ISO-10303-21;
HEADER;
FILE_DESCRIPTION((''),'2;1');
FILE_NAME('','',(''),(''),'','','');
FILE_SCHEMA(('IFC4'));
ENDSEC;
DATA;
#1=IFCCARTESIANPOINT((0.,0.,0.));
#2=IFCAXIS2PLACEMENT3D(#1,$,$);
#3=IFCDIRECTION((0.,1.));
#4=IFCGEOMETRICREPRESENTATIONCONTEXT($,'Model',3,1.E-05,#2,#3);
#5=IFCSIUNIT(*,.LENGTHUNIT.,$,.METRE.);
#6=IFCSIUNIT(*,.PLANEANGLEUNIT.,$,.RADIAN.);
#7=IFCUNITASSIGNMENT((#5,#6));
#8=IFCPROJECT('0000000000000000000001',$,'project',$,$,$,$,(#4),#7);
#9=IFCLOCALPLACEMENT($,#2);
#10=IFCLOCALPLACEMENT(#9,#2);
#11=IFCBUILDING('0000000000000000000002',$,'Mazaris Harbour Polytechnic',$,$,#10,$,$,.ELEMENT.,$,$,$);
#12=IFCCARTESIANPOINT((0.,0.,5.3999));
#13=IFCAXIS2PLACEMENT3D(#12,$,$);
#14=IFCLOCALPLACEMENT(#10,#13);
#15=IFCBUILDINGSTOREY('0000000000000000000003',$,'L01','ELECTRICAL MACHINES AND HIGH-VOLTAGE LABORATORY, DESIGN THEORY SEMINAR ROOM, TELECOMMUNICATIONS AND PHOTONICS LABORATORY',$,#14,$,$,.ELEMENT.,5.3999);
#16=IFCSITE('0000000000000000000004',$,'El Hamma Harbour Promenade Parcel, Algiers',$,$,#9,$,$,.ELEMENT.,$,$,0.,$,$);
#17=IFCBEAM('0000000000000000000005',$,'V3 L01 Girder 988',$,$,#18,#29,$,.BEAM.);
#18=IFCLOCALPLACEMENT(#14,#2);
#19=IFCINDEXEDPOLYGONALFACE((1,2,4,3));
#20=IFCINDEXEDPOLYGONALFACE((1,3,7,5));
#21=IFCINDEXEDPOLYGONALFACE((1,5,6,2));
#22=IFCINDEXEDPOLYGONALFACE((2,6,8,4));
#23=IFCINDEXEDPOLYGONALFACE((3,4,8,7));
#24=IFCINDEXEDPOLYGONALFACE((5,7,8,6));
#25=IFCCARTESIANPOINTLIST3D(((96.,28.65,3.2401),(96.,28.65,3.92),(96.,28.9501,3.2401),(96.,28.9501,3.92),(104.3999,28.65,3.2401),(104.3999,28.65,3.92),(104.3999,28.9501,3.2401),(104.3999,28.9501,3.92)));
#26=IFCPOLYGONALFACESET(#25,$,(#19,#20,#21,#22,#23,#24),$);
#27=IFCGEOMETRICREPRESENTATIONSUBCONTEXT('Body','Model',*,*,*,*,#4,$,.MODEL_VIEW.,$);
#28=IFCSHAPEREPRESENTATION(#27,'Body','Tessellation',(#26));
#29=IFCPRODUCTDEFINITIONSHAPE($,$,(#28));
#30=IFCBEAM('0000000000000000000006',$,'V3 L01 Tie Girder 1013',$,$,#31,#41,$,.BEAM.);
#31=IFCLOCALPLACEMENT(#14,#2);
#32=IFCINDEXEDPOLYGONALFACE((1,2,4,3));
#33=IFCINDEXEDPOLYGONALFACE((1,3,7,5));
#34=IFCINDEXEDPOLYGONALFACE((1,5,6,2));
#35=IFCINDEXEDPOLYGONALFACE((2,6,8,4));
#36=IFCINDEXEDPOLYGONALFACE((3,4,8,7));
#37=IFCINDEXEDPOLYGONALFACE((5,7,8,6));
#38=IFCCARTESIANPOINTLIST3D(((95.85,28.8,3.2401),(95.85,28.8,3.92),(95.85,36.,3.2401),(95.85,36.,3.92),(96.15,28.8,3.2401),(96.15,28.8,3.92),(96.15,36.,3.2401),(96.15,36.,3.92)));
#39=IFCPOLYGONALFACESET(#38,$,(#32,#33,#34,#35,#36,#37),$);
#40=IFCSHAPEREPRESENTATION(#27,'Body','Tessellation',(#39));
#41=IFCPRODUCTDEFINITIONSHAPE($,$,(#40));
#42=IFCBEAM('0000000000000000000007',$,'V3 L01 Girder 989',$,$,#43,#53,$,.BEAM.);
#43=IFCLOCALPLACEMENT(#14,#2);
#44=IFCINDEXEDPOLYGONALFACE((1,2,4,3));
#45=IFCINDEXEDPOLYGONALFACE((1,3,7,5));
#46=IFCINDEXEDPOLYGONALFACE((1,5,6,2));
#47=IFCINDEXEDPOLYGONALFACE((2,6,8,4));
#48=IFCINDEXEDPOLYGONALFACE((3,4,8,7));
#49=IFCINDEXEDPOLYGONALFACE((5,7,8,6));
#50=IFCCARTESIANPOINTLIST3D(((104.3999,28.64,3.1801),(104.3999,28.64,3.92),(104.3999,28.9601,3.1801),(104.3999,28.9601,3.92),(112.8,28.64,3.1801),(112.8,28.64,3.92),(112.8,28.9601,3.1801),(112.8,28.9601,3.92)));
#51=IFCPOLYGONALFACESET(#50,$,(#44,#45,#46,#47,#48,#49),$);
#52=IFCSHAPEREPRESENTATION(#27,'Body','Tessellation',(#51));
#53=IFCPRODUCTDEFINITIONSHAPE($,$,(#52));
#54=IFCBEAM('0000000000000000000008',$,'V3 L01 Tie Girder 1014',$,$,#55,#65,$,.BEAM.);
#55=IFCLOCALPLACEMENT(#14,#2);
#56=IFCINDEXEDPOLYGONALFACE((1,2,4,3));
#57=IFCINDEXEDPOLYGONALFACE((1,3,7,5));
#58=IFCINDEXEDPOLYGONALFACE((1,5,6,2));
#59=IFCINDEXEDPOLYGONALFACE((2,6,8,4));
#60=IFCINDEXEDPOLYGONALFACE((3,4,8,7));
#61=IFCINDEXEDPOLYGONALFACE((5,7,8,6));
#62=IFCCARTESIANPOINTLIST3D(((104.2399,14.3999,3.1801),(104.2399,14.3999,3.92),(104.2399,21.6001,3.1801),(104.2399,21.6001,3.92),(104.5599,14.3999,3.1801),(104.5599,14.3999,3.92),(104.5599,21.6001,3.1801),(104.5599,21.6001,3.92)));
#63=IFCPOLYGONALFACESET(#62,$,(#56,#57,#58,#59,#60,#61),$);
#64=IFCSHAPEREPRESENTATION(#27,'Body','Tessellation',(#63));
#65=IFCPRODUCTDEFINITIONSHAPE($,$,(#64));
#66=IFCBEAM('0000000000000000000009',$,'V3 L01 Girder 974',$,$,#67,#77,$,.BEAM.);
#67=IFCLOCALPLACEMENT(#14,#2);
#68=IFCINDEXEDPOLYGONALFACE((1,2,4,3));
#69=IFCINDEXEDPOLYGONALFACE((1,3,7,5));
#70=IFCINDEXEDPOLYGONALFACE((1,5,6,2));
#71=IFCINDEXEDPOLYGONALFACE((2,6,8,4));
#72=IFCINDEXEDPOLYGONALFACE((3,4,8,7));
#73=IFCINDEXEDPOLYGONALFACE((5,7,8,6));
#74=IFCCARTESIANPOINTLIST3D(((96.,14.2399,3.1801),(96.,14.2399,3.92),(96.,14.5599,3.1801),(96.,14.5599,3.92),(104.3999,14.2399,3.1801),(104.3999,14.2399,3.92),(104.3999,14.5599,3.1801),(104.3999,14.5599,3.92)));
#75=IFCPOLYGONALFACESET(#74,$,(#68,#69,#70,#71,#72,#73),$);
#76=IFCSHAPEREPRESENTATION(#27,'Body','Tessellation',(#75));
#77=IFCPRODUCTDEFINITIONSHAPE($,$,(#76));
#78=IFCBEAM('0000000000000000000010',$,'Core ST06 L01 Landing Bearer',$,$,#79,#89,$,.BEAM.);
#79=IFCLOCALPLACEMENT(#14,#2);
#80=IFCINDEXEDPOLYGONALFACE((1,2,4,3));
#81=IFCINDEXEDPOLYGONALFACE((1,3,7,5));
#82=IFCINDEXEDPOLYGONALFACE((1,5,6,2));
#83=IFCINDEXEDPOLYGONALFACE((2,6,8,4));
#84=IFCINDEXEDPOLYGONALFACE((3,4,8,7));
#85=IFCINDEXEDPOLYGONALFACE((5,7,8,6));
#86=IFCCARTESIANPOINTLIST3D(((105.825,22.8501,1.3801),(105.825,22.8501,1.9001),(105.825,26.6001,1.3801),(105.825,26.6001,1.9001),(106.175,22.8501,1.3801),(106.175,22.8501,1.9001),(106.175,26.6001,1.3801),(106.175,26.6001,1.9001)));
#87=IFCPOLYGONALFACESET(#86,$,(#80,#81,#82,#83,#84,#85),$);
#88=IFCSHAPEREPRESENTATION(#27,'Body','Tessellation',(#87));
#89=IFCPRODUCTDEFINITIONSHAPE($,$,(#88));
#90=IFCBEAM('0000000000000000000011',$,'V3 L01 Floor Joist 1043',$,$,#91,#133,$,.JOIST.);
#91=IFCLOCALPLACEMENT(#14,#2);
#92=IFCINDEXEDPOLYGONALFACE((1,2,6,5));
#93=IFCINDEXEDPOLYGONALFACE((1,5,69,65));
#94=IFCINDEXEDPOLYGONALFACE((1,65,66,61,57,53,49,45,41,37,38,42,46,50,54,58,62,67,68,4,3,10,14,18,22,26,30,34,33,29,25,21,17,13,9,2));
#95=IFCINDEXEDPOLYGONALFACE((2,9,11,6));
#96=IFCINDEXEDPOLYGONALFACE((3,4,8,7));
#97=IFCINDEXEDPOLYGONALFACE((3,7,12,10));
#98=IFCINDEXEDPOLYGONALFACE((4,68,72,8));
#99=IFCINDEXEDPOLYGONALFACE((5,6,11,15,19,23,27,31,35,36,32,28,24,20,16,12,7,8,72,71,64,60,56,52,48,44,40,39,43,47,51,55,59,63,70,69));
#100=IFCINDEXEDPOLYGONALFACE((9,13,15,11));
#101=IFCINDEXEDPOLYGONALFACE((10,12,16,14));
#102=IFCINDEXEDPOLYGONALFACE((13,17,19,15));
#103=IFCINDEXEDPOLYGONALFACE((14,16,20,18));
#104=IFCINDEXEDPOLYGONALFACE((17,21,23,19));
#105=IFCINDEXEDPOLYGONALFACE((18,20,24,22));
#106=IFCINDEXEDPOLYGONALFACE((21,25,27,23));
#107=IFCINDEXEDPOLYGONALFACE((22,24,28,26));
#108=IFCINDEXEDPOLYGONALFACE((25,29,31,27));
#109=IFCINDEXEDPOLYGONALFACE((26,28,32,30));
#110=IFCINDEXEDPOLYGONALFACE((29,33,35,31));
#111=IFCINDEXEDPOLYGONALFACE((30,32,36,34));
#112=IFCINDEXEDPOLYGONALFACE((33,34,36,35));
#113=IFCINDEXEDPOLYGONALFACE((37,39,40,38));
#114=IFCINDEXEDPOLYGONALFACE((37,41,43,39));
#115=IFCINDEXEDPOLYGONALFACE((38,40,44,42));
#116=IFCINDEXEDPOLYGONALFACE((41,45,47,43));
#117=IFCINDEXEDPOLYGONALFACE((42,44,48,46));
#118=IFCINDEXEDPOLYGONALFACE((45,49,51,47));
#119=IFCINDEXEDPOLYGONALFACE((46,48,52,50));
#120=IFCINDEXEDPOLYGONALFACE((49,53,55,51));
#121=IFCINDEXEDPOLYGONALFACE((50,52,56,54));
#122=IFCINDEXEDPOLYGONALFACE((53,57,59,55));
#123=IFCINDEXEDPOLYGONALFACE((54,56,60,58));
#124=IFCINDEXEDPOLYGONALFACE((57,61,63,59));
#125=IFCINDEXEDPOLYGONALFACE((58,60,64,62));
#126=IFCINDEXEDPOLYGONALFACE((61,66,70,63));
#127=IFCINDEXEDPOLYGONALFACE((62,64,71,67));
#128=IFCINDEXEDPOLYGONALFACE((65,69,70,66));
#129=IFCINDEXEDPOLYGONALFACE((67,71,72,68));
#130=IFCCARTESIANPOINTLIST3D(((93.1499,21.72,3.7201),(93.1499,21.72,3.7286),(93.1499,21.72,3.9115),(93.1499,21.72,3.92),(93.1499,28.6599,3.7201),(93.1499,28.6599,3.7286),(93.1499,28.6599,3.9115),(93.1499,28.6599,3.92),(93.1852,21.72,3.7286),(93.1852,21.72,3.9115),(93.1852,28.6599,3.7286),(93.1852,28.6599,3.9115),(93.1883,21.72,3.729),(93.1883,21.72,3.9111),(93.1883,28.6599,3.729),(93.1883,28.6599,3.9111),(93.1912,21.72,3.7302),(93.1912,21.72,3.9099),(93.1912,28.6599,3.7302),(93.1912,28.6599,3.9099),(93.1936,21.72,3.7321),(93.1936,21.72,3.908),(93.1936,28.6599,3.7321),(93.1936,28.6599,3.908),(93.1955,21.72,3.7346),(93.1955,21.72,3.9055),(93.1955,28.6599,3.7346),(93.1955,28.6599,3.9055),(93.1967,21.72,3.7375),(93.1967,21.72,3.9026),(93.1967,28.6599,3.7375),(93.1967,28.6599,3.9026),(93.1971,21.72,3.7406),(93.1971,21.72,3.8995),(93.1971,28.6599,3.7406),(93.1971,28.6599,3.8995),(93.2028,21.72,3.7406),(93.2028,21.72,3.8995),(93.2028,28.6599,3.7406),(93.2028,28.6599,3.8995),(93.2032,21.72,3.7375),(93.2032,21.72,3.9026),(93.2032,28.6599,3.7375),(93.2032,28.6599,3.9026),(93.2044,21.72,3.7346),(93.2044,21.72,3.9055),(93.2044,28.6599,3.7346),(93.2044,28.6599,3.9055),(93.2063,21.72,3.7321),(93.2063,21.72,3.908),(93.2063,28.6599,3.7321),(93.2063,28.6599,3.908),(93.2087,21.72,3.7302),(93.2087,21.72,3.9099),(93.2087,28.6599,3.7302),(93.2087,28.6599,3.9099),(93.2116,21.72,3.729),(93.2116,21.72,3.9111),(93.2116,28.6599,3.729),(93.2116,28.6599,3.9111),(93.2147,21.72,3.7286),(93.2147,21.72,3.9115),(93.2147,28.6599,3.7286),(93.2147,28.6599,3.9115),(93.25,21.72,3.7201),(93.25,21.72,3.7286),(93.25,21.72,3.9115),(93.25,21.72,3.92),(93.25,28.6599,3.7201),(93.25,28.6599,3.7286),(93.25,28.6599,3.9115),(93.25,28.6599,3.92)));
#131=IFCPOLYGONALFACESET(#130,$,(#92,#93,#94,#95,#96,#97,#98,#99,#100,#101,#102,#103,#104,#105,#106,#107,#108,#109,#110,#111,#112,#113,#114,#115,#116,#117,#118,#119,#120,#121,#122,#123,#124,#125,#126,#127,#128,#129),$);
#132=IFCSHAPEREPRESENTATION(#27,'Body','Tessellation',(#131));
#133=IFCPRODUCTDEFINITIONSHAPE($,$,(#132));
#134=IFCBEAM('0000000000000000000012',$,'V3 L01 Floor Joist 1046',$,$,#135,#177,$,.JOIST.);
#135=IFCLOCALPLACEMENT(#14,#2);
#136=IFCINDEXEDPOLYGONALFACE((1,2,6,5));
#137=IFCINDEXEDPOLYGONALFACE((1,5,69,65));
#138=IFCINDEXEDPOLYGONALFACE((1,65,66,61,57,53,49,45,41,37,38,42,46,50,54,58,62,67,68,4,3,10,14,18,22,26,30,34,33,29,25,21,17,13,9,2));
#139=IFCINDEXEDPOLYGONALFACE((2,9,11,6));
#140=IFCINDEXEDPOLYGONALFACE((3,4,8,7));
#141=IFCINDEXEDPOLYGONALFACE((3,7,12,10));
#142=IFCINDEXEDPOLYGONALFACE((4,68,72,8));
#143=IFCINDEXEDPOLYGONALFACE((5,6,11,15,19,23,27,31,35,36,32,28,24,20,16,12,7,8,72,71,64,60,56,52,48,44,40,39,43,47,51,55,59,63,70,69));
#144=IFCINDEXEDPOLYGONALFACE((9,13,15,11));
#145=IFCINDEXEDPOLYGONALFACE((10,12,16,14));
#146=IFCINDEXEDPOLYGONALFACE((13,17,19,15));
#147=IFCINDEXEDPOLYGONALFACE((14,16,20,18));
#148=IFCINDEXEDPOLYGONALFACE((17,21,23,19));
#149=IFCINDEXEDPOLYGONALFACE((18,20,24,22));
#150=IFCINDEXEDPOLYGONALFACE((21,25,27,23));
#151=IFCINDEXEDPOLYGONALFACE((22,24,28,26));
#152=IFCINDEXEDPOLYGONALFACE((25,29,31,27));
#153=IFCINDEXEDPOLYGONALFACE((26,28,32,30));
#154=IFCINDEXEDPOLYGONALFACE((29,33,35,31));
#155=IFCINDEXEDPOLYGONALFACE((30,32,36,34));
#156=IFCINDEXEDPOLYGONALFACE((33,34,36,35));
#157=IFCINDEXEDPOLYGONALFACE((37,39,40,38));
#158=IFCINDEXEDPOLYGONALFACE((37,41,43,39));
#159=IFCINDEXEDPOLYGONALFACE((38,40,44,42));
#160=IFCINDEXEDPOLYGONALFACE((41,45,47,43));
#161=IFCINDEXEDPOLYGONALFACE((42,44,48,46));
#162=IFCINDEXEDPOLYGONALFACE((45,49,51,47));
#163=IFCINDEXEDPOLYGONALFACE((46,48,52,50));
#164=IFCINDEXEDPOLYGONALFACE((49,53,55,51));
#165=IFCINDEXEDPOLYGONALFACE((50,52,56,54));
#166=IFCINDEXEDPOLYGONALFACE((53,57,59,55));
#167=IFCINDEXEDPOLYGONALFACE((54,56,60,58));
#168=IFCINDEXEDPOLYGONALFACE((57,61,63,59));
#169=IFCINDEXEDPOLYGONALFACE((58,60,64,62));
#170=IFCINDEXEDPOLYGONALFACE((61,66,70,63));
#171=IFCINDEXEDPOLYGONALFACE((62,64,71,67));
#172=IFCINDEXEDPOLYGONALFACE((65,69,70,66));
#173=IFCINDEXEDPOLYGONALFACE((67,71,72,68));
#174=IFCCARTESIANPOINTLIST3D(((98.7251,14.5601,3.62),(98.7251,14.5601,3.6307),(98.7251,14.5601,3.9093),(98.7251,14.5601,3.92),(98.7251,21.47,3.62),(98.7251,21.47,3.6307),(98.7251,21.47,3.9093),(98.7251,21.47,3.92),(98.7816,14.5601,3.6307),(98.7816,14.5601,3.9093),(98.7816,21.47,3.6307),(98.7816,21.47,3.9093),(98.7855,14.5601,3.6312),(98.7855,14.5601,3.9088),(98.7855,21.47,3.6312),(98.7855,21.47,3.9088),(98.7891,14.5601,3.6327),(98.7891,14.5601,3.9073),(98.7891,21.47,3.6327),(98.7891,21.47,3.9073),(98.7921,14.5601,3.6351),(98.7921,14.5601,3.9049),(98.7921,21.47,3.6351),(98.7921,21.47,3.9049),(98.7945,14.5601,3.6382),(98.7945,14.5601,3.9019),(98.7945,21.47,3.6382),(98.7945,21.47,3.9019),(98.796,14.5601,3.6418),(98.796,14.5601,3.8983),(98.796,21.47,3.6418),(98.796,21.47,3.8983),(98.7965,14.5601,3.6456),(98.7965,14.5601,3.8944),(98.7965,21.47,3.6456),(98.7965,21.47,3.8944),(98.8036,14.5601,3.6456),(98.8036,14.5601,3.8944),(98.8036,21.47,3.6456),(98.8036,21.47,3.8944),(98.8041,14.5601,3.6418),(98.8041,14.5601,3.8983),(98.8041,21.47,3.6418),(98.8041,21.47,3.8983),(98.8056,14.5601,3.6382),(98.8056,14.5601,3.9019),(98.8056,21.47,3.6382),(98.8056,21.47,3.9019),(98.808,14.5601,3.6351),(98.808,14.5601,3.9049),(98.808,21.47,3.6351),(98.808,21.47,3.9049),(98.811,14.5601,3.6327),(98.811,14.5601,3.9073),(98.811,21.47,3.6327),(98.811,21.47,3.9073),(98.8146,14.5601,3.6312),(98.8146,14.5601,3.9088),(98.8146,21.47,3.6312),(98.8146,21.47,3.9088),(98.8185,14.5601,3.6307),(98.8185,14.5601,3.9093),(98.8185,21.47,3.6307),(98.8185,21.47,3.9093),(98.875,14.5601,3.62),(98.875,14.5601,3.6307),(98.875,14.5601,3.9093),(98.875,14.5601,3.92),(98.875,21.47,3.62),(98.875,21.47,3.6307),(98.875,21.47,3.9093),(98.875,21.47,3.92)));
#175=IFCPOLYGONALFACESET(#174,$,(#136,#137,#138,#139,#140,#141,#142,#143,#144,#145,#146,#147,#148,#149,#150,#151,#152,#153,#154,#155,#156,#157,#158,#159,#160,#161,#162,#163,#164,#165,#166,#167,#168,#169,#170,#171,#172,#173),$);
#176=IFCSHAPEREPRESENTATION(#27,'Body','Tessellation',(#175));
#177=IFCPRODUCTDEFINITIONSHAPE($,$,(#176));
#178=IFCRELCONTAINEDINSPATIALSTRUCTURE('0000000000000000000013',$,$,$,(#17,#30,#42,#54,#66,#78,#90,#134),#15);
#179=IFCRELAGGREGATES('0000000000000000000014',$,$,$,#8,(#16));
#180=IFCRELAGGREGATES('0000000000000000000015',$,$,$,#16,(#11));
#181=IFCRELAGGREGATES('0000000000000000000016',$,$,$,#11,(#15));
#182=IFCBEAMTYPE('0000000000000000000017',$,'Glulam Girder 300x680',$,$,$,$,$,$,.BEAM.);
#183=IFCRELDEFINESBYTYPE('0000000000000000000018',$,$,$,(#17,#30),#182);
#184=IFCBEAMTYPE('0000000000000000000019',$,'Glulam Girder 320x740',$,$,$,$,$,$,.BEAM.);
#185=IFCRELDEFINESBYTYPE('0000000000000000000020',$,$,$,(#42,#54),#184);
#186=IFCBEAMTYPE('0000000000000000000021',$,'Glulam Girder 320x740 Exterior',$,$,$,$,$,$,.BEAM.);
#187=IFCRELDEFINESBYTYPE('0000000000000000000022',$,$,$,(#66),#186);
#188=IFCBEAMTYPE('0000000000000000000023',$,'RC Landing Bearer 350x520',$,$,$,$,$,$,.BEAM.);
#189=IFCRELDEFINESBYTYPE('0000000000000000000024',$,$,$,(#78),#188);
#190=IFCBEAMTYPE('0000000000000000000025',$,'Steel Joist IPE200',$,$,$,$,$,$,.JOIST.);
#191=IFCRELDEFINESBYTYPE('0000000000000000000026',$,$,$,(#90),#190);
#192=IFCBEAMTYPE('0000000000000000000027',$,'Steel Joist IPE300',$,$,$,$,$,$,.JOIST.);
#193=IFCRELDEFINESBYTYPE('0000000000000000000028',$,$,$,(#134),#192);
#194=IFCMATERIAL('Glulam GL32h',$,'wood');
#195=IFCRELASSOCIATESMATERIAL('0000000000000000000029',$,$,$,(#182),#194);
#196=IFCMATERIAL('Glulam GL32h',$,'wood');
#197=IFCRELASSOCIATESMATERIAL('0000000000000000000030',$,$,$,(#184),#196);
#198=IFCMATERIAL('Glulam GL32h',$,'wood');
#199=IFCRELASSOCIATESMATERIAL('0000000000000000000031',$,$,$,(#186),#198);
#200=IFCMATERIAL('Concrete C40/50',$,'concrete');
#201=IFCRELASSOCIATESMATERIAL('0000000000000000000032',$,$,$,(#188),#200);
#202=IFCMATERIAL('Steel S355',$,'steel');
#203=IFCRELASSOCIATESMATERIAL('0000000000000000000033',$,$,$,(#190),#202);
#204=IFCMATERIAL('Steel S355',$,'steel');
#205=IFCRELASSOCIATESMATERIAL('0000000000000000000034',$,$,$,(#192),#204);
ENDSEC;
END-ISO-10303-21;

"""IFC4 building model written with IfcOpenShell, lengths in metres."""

from ifc_helpers import new_model, si_unit, direction, frame, origin, origin_2d, place, context, subcontext, project, spatial, rectangle, i_section, extrude, material, material_profile, profile_set, type_object, element, save


model = new_model("IFC4")

# Units and contexts
model_context = context("Model", 3, precision=1e-05, world=origin(), true_north=direction((0.0, 1.0)))
body_context = subcontext(model_context, "Body", "Model", "MODEL_VIEW")
ifc_project = project(units=[si_unit("LENGTHUNIT", "METRE"), si_unit("PLANEANGLEUNIT", "RADIAN")], contexts=[model_context])

# Site, building, storey
site_placement = place(None, origin())
site = spatial("IfcSite", under=ifc_project, at=site_placement, Name="El Hamma Harbour Promenade Parcel, Algiers", CompositionType="ELEMENT", RefElevation=0.0)
building_placement = place(site_placement, origin())
building = spatial("IfcBuilding", under=site, at=building_placement, Name="Mazaris Harbour Polytechnic", CompositionType="ELEMENT")
storey_placement = place(building_placement, frame((0.0, 0.0, 5.3999)))
storey = spatial("IfcBuildingStorey", under=building, at=storey_placement, Name="L01", Description="ELECTRICAL MACHINES AND HIGH-VOLTAGE LABORATORY, DESIGN THEORY SEMINAR ROOM, TELECOMMUNICATIONS AND PHOTONICS LABORATORY", CompositionType="ELEMENT", Elevation=5.3999)

# Beams
ifc_material_1 = material(Name="Glulam GL32h", Category="wood")
ifc_material_profile_1 = material_profile(ifc_material_1, rectangle(XDim=0.3, YDim=0.6799, at=origin_2d()), Name="RECT300x680")
ifc_profile_set_1 = profile_set([ifc_material_profile_1], Name="Glulam GL32h")
beam_type_1 = type_object("IfcBeamType", Name="Glulam Girder 300x680", PredefinedType="BEAM", material=ifc_profile_set_1)
beam_1_placement = place(storey_placement, frame((96.0, 28.8, 3.5801), z_axis=(1.0, 0.0, 0.0), x_axis=(0.0, 1.0, 0.0)))
element("IfcBeam", 1, at=beam_1_placement, inside=storey, type_object=beam_type_1, Name="V3 L01 Girder 988", PredefinedType="BEAM", context=body_context, shape_type="SweptSolid", body=[
    extrude(rectangle(XDim=0.3, YDim=0.6799, at=origin_2d()), origin(), (0.0, 0.0, 1.0), 8.3999),
])
beam_2_placement = place(storey_placement, frame((96.0, 28.8, 3.5801), z_axis=(0.0, 1.0, 0.0), x_axis=(-1.0, 0.0, 0.0)))
element("IfcBeam", 2, at=beam_2_placement, inside=storey, type_object=beam_type_1, Name="V3 L01 Tie Girder 1013", PredefinedType="BEAM", context=body_context, shape_type="SweptSolid", body=[
    extrude(rectangle(XDim=0.3, YDim=0.6799, at=origin_2d()), origin(), (0.0, 0.0, 1.0), 7.2),
])
ifc_material_2 = material(Name="Glulam GL32h", Category="wood")
ifc_material_profile_2 = material_profile(ifc_material_2, rectangle(XDim=0.3201, YDim=0.74, at=origin_2d()), Name="RECT320x740")
ifc_profile_set_2 = profile_set([ifc_material_profile_2], Name="Glulam GL32h")
beam_type_2 = type_object("IfcBeamType", Name="Glulam Girder 320x740", PredefinedType="BEAM", material=ifc_profile_set_2)
beam_3_placement = place(storey_placement, frame((104.3999, 28.8, 3.55), z_axis=(1.0, 0.0, 0.0), x_axis=(0.0, 1.0, 0.0)))
element("IfcBeam", 3, at=beam_3_placement, inside=storey, type_object=beam_type_2, Name="V3 L01 Girder 989", PredefinedType="BEAM", context=body_context, shape_type="SweptSolid", body=[
    extrude(rectangle(XDim=0.3201, YDim=0.74, at=origin_2d()), origin(), (0.0, 0.0, 1.0), 8.4001),
])
beam_4_placement = place(storey_placement, frame((104.3999, 14.3999, 3.55), z_axis=(0.0, 1.0, 0.0), x_axis=(-1.0, 0.0, 0.0)))
element("IfcBeam", 4, at=beam_4_placement, inside=storey, type_object=beam_type_2, Name="V3 L01 Tie Girder 1014", PredefinedType="BEAM", context=body_context, shape_type="SweptSolid", body=[
    extrude(rectangle(XDim=0.3201, YDim=0.74, at=origin_2d()), origin(), (0.0, 0.0, 1.0), 7.2002),
])
ifc_material_3 = material(Name="Glulam GL32h", Category="wood")
ifc_material_profile_3 = material_profile(ifc_material_3, rectangle(XDim=0.3201, YDim=0.74, at=origin_2d()), Name="RECT320x740")
ifc_profile_set_3 = profile_set([ifc_material_profile_3], Name="Glulam GL32h")
beam_type_3 = type_object("IfcBeamType", Name="Glulam Girder 320x740 Exterior", PredefinedType="BEAM", material=ifc_profile_set_3)
beam_5_placement = place(storey_placement, frame((96.0, 14.3999, 3.55), z_axis=(1.0, 0.0, 0.0), x_axis=(0.0, 1.0, 0.0)))
element("IfcBeam", 5, at=beam_5_placement, inside=storey, type_object=beam_type_3, Name="V3 L01 Girder 974", PredefinedType="BEAM", context=body_context, shape_type="SweptSolid", body=[
    extrude(rectangle(XDim=0.3201, YDim=0.74, at=origin_2d()), origin(), (0.0, 0.0, 1.0), 8.3999),
])
ifc_material_4 = material(Name="Concrete C40/50", Category="concrete")
ifc_material_profile_4 = material_profile(ifc_material_4, rectangle(XDim=0.3501, YDim=0.52, at=origin_2d()), Name="RECT350x520")
ifc_profile_set_4 = profile_set([ifc_material_profile_4], Name="Concrete C40/50")
beam_type_4 = type_object("IfcBeamType", Name="RC Landing Bearer 350x520", PredefinedType="BEAM", material=ifc_profile_set_4)
beam_6_placement = place(storey_placement, frame((106.0, 22.8501, 1.6401), z_axis=(0.0, 1.0, 0.0), x_axis=(-1.0, 0.0, 0.0)))
element("IfcBeam", 6, at=beam_6_placement, inside=storey, type_object=beam_type_4, Name="Core ST06 L01 Landing Bearer", PredefinedType="BEAM", context=body_context, shape_type="SweptSolid", body=[
    extrude(rectangle(XDim=0.3501, YDim=0.52, at=origin_2d()), origin(), (0.0, 0.0, 1.0), 3.75),
])
ifc_material_5 = material(Name="Steel S355", Category="steel")
ifc_material_profile_5 = material_profile(ifc_material_5, i_section(OverallWidth=0.1001, OverallDepth=0.2, WebThickness=0.0056, FlangeThickness=0.0085, FilletRadius=0.012, at=origin_2d()), Name="IPE 200")
ifc_profile_set_5 = profile_set([ifc_material_profile_5], Name="Steel S355")
beam_type_5 = type_object("IfcBeamType", Name="Steel Joist IPE200", PredefinedType="JOIST", material=ifc_profile_set_5)
beam_7_placement = place(storey_placement, frame((93.2, 21.72, 3.8201), z_axis=(0.0, 1.0, 0.0), x_axis=(-1.0, 0.0, 0.0)))
element("IfcBeam", 7, at=beam_7_placement, inside=storey, type_object=beam_type_5, Name="V3 L01 Floor Joist 1043", PredefinedType="JOIST", context=body_context, shape_type="SweptSolid", body=[
    extrude(i_section(OverallWidth=0.1001, OverallDepth=0.2, WebThickness=0.0056, FlangeThickness=0.0085, FilletRadius=0.012, at=origin_2d()), origin(), (0.0, 0.0, 1.0), 6.9399),
])
ifc_material_6 = material(Name="Steel S355", Category="steel")
ifc_material_profile_6 = material_profile(ifc_material_6, i_section(OverallWidth=0.1499, OverallDepth=0.3, WebThickness=0.0071, FlangeThickness=0.0107, FilletRadius=0.0149, at=origin_2d()), Name="IPE 300")
ifc_profile_set_6 = profile_set([ifc_material_profile_6], Name="Steel S355")
beam_type_6 = type_object("IfcBeamType", Name="Steel Joist IPE300", PredefinedType="JOIST", material=ifc_profile_set_6)
beam_8_placement = place(storey_placement, frame((98.8, 14.5601, 3.77), z_axis=(0.0, 1.0, 0.0), x_axis=(-1.0, 0.0, 0.0)))
element("IfcBeam", 8, at=beam_8_placement, inside=storey, type_object=beam_type_6, Name="V3 L01 Floor Joist 1046", PredefinedType="JOIST", context=body_context, shape_type="SweptSolid", body=[
    extrude(i_section(OverallWidth=0.1499, OverallDepth=0.3, WebThickness=0.0071, FlangeThickness=0.0107, FilletRadius=0.0149, at=origin_2d()), origin(), (0.0, 0.0, 1.0), 6.9099),
])

save(model, "model.ifc")
